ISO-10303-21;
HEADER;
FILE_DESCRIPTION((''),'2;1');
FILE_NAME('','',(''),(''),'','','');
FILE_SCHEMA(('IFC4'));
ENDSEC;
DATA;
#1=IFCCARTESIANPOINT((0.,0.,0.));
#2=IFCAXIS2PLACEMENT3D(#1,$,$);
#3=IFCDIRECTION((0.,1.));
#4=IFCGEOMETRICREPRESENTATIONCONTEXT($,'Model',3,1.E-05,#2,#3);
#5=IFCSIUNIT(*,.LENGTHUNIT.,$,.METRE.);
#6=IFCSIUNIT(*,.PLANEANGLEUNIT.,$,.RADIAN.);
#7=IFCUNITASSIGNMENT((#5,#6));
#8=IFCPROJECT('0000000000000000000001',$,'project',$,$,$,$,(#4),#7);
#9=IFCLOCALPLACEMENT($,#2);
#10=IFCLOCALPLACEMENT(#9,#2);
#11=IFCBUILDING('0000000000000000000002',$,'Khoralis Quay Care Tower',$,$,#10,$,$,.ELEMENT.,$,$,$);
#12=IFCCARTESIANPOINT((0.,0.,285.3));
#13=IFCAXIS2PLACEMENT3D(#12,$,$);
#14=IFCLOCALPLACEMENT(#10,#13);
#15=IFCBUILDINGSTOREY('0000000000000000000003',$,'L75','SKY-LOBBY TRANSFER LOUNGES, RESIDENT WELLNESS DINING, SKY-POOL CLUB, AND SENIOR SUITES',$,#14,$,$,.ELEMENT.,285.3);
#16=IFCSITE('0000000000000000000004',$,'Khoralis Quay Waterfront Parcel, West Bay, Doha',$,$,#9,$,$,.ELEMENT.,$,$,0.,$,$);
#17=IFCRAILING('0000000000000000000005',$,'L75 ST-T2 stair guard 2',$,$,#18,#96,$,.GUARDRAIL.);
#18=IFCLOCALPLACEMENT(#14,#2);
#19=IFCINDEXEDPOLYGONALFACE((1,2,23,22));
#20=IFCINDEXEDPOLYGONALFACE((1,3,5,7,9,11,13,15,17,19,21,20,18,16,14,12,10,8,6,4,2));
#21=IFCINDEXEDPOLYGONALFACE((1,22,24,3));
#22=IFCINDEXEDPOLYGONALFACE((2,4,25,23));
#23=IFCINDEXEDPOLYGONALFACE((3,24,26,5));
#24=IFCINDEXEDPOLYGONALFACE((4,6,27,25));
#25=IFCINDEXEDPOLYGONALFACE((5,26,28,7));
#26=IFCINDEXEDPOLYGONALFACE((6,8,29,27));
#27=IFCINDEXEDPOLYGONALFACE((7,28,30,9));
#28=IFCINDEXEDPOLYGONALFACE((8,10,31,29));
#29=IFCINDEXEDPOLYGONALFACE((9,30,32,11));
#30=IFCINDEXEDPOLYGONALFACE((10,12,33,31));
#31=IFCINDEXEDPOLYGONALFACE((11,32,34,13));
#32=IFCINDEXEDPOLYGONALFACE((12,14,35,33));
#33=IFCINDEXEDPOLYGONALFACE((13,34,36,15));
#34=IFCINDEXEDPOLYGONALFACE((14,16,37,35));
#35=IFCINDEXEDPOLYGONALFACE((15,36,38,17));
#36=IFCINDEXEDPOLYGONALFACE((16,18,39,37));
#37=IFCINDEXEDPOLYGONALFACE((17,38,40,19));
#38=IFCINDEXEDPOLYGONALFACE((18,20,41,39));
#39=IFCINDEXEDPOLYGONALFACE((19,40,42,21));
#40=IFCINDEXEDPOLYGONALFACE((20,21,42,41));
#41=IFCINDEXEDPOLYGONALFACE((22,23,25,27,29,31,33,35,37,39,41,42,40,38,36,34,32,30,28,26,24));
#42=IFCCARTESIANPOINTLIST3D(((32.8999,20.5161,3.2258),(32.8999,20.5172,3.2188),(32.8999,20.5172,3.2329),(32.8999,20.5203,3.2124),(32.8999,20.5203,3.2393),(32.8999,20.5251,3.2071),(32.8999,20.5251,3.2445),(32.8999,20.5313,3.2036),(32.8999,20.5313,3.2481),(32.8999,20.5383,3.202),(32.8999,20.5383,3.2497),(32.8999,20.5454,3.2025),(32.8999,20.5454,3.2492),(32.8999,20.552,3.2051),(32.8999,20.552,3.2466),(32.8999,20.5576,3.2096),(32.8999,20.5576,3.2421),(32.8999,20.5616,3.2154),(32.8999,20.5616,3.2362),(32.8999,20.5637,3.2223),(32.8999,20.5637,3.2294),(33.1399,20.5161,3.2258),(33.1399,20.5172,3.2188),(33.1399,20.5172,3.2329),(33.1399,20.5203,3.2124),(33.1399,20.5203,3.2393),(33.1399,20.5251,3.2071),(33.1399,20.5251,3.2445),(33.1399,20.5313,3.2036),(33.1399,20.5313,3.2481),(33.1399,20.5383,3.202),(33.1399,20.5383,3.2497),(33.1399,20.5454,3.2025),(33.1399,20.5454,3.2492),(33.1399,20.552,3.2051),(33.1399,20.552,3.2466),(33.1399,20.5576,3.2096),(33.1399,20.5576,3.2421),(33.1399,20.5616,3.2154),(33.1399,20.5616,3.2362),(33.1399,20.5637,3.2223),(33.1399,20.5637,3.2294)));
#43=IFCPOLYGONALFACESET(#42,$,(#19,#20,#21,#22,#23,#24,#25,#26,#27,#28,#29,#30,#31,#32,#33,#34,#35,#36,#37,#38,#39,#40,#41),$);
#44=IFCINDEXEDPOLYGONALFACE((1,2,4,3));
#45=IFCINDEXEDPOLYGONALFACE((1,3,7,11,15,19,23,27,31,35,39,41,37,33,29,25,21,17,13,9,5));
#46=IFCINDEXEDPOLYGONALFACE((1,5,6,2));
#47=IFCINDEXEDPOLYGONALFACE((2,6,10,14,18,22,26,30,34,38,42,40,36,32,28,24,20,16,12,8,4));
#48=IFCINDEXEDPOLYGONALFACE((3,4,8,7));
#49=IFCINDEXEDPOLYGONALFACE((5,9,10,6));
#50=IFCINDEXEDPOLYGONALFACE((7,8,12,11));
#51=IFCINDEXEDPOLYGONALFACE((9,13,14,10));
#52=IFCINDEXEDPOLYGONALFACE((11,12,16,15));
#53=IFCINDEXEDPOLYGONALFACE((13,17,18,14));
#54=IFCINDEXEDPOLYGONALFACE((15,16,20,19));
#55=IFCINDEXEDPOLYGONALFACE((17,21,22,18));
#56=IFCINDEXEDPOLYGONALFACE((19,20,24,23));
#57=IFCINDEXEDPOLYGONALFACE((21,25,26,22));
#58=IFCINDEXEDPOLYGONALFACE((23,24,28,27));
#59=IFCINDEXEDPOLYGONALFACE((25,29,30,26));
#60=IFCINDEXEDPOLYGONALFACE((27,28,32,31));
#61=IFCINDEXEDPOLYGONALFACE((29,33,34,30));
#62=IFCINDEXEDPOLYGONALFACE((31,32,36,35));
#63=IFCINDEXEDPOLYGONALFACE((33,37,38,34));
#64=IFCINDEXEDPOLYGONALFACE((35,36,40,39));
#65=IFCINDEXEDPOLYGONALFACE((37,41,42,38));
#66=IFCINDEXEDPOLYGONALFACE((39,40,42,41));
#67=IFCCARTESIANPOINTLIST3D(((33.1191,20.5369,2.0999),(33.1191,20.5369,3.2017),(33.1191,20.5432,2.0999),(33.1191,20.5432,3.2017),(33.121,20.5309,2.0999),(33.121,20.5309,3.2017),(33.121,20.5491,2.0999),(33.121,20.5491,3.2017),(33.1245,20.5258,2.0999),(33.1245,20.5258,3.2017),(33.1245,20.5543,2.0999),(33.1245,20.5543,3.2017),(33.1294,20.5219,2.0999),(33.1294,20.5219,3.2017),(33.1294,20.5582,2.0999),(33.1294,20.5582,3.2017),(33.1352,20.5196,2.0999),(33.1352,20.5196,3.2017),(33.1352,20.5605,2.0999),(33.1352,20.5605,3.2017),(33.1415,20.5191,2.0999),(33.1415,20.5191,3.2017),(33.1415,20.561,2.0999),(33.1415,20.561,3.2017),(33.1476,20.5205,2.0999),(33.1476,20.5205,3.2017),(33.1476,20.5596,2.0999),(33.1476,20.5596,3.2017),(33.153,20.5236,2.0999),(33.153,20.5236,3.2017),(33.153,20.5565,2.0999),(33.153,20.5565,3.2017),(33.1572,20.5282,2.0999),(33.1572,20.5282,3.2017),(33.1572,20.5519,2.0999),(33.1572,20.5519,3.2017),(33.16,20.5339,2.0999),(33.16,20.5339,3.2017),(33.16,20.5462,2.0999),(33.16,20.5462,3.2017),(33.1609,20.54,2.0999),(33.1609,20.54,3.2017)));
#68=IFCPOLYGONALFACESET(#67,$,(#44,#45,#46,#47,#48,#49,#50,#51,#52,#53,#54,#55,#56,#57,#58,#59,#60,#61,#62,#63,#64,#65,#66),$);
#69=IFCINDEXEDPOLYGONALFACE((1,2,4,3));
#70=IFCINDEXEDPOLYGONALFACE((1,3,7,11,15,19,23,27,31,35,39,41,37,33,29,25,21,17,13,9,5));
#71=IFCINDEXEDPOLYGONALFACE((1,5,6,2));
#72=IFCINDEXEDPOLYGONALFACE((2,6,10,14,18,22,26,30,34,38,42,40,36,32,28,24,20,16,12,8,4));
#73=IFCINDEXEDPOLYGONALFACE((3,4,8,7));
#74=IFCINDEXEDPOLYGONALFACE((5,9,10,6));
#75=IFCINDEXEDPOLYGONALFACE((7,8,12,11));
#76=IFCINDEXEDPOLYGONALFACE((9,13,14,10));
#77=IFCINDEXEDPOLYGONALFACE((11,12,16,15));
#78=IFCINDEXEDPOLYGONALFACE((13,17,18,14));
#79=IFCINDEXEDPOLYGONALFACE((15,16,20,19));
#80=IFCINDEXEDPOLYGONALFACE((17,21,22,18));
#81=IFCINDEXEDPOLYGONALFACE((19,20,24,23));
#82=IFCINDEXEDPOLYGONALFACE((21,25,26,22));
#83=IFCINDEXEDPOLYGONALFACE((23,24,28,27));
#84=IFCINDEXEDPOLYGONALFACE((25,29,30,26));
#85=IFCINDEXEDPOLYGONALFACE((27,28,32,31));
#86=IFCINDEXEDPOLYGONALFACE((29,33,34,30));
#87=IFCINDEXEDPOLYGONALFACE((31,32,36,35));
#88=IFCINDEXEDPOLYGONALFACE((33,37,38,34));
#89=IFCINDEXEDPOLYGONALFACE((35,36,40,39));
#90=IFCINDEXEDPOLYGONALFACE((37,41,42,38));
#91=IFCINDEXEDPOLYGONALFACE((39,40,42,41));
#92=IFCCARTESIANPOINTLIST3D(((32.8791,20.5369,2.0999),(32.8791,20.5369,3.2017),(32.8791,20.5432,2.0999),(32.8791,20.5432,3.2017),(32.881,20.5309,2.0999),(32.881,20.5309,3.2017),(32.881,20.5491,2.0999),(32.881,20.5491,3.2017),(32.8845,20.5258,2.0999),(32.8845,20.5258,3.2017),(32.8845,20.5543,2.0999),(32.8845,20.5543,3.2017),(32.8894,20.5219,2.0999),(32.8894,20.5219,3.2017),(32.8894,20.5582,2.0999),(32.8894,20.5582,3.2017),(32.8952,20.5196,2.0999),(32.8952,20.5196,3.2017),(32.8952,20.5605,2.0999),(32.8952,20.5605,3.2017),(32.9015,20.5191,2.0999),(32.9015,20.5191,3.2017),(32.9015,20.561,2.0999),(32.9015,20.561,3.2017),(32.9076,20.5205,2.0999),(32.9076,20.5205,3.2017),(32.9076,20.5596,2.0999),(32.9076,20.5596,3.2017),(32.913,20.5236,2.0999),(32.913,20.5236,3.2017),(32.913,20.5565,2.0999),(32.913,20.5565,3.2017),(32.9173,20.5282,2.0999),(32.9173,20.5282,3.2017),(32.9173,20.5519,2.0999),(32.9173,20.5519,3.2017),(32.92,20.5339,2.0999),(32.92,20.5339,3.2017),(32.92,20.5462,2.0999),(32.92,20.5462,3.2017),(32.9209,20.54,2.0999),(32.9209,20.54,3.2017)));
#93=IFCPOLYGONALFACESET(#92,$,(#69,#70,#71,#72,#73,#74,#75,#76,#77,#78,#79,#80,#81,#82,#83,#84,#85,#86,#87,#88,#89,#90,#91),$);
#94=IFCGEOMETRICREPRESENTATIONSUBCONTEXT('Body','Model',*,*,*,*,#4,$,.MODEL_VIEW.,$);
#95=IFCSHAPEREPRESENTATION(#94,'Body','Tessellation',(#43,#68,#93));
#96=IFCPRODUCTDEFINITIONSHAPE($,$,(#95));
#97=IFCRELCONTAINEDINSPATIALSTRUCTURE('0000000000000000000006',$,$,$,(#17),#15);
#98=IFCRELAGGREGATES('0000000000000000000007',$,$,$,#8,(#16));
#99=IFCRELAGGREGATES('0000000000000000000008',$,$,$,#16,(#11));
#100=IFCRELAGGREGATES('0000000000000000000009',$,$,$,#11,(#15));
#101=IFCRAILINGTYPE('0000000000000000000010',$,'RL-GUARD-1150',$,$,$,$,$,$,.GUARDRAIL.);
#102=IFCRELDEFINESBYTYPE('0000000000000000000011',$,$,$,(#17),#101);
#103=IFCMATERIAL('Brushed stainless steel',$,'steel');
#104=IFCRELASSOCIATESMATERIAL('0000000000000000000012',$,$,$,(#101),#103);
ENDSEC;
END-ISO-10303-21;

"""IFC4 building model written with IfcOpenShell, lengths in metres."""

from ifc_helpers import new_model, si_unit, direction, frame, origin, origin_2d, place, context, subcontext, project, spatial, circle, extrude, material, type_object, element, save


model = new_model("IFC4")

# Units and contexts
model_context = context("Model", 3, precision=1e-05, world=origin(), true_north=direction((0.0, 1.0)))
body_context = subcontext(model_context, "Body", "Model", "MODEL_VIEW")
ifc_project = project(units=[si_unit("LENGTHUNIT", "METRE"), si_unit("PLANEANGLEUNIT", "RADIAN")], contexts=[model_context])

# Site, building, storey
site_placement = place(None, origin())
site = spatial("IfcSite", under=ifc_project, at=site_placement, Name="Khoralis Quay Waterfront Parcel, West Bay, Doha", CompositionType="ELEMENT", RefElevation=0.0)
building_placement = place(site_placement, origin())
building = spatial("IfcBuilding", under=site, at=building_placement, Name="Khoralis Quay Care Tower", CompositionType="ELEMENT")
storey_placement = place(building_placement, frame((0.0, 0.0, 285.3)))
storey = spatial("IfcBuildingStorey", under=building, at=storey_placement, Name="L75", Description="SKY-LOBBY TRANSFER LOUNGES, RESIDENT WELLNESS DINING, SKY-POOL CLUB, AND SENIOR SUITES", CompositionType="ELEMENT", Elevation=285.3)

# Shared definitions
ifc_material_1 = material(Name="Brushed stainless steel", Category="steel")

# Railing
railing_type_1 = type_object("IfcRailingType", Name="RL-GUARD-1150", PredefinedType="GUARDRAIL", material=ifc_material_1)
railing_1_placement = place(storey_placement, frame((33.1399, 20.54, 2.0999)))
element("IfcRailing", 1, at=railing_1_placement, inside=storey, type_object=railing_type_1, Name="L75 ST-T2 stair guard 2", PredefinedType="GUARDRAIL", context=body_context, shape_type="SweptSolid", body=[
    extrude(circle(Radius=0.0239, at=origin_2d()), frame((0.0, 0.0, 1.126), z_axis=(-1.0, 0.0, 0.0), x_axis=(0.0, -1.0, 0.0)), (0.0, 0.0, 1.0), 0.24),
    extrude(circle(Radius=0.021, at=origin_2d()), origin(), (0.0, 0.0, 1.0), 1.1018),
    extrude(circle(Radius=0.021, at=origin_2d()), frame((-0.24, 0.0, 0.0)), (0.0, 0.0, 1.0), 1.1018),
])

save(model, "model.ifc")
